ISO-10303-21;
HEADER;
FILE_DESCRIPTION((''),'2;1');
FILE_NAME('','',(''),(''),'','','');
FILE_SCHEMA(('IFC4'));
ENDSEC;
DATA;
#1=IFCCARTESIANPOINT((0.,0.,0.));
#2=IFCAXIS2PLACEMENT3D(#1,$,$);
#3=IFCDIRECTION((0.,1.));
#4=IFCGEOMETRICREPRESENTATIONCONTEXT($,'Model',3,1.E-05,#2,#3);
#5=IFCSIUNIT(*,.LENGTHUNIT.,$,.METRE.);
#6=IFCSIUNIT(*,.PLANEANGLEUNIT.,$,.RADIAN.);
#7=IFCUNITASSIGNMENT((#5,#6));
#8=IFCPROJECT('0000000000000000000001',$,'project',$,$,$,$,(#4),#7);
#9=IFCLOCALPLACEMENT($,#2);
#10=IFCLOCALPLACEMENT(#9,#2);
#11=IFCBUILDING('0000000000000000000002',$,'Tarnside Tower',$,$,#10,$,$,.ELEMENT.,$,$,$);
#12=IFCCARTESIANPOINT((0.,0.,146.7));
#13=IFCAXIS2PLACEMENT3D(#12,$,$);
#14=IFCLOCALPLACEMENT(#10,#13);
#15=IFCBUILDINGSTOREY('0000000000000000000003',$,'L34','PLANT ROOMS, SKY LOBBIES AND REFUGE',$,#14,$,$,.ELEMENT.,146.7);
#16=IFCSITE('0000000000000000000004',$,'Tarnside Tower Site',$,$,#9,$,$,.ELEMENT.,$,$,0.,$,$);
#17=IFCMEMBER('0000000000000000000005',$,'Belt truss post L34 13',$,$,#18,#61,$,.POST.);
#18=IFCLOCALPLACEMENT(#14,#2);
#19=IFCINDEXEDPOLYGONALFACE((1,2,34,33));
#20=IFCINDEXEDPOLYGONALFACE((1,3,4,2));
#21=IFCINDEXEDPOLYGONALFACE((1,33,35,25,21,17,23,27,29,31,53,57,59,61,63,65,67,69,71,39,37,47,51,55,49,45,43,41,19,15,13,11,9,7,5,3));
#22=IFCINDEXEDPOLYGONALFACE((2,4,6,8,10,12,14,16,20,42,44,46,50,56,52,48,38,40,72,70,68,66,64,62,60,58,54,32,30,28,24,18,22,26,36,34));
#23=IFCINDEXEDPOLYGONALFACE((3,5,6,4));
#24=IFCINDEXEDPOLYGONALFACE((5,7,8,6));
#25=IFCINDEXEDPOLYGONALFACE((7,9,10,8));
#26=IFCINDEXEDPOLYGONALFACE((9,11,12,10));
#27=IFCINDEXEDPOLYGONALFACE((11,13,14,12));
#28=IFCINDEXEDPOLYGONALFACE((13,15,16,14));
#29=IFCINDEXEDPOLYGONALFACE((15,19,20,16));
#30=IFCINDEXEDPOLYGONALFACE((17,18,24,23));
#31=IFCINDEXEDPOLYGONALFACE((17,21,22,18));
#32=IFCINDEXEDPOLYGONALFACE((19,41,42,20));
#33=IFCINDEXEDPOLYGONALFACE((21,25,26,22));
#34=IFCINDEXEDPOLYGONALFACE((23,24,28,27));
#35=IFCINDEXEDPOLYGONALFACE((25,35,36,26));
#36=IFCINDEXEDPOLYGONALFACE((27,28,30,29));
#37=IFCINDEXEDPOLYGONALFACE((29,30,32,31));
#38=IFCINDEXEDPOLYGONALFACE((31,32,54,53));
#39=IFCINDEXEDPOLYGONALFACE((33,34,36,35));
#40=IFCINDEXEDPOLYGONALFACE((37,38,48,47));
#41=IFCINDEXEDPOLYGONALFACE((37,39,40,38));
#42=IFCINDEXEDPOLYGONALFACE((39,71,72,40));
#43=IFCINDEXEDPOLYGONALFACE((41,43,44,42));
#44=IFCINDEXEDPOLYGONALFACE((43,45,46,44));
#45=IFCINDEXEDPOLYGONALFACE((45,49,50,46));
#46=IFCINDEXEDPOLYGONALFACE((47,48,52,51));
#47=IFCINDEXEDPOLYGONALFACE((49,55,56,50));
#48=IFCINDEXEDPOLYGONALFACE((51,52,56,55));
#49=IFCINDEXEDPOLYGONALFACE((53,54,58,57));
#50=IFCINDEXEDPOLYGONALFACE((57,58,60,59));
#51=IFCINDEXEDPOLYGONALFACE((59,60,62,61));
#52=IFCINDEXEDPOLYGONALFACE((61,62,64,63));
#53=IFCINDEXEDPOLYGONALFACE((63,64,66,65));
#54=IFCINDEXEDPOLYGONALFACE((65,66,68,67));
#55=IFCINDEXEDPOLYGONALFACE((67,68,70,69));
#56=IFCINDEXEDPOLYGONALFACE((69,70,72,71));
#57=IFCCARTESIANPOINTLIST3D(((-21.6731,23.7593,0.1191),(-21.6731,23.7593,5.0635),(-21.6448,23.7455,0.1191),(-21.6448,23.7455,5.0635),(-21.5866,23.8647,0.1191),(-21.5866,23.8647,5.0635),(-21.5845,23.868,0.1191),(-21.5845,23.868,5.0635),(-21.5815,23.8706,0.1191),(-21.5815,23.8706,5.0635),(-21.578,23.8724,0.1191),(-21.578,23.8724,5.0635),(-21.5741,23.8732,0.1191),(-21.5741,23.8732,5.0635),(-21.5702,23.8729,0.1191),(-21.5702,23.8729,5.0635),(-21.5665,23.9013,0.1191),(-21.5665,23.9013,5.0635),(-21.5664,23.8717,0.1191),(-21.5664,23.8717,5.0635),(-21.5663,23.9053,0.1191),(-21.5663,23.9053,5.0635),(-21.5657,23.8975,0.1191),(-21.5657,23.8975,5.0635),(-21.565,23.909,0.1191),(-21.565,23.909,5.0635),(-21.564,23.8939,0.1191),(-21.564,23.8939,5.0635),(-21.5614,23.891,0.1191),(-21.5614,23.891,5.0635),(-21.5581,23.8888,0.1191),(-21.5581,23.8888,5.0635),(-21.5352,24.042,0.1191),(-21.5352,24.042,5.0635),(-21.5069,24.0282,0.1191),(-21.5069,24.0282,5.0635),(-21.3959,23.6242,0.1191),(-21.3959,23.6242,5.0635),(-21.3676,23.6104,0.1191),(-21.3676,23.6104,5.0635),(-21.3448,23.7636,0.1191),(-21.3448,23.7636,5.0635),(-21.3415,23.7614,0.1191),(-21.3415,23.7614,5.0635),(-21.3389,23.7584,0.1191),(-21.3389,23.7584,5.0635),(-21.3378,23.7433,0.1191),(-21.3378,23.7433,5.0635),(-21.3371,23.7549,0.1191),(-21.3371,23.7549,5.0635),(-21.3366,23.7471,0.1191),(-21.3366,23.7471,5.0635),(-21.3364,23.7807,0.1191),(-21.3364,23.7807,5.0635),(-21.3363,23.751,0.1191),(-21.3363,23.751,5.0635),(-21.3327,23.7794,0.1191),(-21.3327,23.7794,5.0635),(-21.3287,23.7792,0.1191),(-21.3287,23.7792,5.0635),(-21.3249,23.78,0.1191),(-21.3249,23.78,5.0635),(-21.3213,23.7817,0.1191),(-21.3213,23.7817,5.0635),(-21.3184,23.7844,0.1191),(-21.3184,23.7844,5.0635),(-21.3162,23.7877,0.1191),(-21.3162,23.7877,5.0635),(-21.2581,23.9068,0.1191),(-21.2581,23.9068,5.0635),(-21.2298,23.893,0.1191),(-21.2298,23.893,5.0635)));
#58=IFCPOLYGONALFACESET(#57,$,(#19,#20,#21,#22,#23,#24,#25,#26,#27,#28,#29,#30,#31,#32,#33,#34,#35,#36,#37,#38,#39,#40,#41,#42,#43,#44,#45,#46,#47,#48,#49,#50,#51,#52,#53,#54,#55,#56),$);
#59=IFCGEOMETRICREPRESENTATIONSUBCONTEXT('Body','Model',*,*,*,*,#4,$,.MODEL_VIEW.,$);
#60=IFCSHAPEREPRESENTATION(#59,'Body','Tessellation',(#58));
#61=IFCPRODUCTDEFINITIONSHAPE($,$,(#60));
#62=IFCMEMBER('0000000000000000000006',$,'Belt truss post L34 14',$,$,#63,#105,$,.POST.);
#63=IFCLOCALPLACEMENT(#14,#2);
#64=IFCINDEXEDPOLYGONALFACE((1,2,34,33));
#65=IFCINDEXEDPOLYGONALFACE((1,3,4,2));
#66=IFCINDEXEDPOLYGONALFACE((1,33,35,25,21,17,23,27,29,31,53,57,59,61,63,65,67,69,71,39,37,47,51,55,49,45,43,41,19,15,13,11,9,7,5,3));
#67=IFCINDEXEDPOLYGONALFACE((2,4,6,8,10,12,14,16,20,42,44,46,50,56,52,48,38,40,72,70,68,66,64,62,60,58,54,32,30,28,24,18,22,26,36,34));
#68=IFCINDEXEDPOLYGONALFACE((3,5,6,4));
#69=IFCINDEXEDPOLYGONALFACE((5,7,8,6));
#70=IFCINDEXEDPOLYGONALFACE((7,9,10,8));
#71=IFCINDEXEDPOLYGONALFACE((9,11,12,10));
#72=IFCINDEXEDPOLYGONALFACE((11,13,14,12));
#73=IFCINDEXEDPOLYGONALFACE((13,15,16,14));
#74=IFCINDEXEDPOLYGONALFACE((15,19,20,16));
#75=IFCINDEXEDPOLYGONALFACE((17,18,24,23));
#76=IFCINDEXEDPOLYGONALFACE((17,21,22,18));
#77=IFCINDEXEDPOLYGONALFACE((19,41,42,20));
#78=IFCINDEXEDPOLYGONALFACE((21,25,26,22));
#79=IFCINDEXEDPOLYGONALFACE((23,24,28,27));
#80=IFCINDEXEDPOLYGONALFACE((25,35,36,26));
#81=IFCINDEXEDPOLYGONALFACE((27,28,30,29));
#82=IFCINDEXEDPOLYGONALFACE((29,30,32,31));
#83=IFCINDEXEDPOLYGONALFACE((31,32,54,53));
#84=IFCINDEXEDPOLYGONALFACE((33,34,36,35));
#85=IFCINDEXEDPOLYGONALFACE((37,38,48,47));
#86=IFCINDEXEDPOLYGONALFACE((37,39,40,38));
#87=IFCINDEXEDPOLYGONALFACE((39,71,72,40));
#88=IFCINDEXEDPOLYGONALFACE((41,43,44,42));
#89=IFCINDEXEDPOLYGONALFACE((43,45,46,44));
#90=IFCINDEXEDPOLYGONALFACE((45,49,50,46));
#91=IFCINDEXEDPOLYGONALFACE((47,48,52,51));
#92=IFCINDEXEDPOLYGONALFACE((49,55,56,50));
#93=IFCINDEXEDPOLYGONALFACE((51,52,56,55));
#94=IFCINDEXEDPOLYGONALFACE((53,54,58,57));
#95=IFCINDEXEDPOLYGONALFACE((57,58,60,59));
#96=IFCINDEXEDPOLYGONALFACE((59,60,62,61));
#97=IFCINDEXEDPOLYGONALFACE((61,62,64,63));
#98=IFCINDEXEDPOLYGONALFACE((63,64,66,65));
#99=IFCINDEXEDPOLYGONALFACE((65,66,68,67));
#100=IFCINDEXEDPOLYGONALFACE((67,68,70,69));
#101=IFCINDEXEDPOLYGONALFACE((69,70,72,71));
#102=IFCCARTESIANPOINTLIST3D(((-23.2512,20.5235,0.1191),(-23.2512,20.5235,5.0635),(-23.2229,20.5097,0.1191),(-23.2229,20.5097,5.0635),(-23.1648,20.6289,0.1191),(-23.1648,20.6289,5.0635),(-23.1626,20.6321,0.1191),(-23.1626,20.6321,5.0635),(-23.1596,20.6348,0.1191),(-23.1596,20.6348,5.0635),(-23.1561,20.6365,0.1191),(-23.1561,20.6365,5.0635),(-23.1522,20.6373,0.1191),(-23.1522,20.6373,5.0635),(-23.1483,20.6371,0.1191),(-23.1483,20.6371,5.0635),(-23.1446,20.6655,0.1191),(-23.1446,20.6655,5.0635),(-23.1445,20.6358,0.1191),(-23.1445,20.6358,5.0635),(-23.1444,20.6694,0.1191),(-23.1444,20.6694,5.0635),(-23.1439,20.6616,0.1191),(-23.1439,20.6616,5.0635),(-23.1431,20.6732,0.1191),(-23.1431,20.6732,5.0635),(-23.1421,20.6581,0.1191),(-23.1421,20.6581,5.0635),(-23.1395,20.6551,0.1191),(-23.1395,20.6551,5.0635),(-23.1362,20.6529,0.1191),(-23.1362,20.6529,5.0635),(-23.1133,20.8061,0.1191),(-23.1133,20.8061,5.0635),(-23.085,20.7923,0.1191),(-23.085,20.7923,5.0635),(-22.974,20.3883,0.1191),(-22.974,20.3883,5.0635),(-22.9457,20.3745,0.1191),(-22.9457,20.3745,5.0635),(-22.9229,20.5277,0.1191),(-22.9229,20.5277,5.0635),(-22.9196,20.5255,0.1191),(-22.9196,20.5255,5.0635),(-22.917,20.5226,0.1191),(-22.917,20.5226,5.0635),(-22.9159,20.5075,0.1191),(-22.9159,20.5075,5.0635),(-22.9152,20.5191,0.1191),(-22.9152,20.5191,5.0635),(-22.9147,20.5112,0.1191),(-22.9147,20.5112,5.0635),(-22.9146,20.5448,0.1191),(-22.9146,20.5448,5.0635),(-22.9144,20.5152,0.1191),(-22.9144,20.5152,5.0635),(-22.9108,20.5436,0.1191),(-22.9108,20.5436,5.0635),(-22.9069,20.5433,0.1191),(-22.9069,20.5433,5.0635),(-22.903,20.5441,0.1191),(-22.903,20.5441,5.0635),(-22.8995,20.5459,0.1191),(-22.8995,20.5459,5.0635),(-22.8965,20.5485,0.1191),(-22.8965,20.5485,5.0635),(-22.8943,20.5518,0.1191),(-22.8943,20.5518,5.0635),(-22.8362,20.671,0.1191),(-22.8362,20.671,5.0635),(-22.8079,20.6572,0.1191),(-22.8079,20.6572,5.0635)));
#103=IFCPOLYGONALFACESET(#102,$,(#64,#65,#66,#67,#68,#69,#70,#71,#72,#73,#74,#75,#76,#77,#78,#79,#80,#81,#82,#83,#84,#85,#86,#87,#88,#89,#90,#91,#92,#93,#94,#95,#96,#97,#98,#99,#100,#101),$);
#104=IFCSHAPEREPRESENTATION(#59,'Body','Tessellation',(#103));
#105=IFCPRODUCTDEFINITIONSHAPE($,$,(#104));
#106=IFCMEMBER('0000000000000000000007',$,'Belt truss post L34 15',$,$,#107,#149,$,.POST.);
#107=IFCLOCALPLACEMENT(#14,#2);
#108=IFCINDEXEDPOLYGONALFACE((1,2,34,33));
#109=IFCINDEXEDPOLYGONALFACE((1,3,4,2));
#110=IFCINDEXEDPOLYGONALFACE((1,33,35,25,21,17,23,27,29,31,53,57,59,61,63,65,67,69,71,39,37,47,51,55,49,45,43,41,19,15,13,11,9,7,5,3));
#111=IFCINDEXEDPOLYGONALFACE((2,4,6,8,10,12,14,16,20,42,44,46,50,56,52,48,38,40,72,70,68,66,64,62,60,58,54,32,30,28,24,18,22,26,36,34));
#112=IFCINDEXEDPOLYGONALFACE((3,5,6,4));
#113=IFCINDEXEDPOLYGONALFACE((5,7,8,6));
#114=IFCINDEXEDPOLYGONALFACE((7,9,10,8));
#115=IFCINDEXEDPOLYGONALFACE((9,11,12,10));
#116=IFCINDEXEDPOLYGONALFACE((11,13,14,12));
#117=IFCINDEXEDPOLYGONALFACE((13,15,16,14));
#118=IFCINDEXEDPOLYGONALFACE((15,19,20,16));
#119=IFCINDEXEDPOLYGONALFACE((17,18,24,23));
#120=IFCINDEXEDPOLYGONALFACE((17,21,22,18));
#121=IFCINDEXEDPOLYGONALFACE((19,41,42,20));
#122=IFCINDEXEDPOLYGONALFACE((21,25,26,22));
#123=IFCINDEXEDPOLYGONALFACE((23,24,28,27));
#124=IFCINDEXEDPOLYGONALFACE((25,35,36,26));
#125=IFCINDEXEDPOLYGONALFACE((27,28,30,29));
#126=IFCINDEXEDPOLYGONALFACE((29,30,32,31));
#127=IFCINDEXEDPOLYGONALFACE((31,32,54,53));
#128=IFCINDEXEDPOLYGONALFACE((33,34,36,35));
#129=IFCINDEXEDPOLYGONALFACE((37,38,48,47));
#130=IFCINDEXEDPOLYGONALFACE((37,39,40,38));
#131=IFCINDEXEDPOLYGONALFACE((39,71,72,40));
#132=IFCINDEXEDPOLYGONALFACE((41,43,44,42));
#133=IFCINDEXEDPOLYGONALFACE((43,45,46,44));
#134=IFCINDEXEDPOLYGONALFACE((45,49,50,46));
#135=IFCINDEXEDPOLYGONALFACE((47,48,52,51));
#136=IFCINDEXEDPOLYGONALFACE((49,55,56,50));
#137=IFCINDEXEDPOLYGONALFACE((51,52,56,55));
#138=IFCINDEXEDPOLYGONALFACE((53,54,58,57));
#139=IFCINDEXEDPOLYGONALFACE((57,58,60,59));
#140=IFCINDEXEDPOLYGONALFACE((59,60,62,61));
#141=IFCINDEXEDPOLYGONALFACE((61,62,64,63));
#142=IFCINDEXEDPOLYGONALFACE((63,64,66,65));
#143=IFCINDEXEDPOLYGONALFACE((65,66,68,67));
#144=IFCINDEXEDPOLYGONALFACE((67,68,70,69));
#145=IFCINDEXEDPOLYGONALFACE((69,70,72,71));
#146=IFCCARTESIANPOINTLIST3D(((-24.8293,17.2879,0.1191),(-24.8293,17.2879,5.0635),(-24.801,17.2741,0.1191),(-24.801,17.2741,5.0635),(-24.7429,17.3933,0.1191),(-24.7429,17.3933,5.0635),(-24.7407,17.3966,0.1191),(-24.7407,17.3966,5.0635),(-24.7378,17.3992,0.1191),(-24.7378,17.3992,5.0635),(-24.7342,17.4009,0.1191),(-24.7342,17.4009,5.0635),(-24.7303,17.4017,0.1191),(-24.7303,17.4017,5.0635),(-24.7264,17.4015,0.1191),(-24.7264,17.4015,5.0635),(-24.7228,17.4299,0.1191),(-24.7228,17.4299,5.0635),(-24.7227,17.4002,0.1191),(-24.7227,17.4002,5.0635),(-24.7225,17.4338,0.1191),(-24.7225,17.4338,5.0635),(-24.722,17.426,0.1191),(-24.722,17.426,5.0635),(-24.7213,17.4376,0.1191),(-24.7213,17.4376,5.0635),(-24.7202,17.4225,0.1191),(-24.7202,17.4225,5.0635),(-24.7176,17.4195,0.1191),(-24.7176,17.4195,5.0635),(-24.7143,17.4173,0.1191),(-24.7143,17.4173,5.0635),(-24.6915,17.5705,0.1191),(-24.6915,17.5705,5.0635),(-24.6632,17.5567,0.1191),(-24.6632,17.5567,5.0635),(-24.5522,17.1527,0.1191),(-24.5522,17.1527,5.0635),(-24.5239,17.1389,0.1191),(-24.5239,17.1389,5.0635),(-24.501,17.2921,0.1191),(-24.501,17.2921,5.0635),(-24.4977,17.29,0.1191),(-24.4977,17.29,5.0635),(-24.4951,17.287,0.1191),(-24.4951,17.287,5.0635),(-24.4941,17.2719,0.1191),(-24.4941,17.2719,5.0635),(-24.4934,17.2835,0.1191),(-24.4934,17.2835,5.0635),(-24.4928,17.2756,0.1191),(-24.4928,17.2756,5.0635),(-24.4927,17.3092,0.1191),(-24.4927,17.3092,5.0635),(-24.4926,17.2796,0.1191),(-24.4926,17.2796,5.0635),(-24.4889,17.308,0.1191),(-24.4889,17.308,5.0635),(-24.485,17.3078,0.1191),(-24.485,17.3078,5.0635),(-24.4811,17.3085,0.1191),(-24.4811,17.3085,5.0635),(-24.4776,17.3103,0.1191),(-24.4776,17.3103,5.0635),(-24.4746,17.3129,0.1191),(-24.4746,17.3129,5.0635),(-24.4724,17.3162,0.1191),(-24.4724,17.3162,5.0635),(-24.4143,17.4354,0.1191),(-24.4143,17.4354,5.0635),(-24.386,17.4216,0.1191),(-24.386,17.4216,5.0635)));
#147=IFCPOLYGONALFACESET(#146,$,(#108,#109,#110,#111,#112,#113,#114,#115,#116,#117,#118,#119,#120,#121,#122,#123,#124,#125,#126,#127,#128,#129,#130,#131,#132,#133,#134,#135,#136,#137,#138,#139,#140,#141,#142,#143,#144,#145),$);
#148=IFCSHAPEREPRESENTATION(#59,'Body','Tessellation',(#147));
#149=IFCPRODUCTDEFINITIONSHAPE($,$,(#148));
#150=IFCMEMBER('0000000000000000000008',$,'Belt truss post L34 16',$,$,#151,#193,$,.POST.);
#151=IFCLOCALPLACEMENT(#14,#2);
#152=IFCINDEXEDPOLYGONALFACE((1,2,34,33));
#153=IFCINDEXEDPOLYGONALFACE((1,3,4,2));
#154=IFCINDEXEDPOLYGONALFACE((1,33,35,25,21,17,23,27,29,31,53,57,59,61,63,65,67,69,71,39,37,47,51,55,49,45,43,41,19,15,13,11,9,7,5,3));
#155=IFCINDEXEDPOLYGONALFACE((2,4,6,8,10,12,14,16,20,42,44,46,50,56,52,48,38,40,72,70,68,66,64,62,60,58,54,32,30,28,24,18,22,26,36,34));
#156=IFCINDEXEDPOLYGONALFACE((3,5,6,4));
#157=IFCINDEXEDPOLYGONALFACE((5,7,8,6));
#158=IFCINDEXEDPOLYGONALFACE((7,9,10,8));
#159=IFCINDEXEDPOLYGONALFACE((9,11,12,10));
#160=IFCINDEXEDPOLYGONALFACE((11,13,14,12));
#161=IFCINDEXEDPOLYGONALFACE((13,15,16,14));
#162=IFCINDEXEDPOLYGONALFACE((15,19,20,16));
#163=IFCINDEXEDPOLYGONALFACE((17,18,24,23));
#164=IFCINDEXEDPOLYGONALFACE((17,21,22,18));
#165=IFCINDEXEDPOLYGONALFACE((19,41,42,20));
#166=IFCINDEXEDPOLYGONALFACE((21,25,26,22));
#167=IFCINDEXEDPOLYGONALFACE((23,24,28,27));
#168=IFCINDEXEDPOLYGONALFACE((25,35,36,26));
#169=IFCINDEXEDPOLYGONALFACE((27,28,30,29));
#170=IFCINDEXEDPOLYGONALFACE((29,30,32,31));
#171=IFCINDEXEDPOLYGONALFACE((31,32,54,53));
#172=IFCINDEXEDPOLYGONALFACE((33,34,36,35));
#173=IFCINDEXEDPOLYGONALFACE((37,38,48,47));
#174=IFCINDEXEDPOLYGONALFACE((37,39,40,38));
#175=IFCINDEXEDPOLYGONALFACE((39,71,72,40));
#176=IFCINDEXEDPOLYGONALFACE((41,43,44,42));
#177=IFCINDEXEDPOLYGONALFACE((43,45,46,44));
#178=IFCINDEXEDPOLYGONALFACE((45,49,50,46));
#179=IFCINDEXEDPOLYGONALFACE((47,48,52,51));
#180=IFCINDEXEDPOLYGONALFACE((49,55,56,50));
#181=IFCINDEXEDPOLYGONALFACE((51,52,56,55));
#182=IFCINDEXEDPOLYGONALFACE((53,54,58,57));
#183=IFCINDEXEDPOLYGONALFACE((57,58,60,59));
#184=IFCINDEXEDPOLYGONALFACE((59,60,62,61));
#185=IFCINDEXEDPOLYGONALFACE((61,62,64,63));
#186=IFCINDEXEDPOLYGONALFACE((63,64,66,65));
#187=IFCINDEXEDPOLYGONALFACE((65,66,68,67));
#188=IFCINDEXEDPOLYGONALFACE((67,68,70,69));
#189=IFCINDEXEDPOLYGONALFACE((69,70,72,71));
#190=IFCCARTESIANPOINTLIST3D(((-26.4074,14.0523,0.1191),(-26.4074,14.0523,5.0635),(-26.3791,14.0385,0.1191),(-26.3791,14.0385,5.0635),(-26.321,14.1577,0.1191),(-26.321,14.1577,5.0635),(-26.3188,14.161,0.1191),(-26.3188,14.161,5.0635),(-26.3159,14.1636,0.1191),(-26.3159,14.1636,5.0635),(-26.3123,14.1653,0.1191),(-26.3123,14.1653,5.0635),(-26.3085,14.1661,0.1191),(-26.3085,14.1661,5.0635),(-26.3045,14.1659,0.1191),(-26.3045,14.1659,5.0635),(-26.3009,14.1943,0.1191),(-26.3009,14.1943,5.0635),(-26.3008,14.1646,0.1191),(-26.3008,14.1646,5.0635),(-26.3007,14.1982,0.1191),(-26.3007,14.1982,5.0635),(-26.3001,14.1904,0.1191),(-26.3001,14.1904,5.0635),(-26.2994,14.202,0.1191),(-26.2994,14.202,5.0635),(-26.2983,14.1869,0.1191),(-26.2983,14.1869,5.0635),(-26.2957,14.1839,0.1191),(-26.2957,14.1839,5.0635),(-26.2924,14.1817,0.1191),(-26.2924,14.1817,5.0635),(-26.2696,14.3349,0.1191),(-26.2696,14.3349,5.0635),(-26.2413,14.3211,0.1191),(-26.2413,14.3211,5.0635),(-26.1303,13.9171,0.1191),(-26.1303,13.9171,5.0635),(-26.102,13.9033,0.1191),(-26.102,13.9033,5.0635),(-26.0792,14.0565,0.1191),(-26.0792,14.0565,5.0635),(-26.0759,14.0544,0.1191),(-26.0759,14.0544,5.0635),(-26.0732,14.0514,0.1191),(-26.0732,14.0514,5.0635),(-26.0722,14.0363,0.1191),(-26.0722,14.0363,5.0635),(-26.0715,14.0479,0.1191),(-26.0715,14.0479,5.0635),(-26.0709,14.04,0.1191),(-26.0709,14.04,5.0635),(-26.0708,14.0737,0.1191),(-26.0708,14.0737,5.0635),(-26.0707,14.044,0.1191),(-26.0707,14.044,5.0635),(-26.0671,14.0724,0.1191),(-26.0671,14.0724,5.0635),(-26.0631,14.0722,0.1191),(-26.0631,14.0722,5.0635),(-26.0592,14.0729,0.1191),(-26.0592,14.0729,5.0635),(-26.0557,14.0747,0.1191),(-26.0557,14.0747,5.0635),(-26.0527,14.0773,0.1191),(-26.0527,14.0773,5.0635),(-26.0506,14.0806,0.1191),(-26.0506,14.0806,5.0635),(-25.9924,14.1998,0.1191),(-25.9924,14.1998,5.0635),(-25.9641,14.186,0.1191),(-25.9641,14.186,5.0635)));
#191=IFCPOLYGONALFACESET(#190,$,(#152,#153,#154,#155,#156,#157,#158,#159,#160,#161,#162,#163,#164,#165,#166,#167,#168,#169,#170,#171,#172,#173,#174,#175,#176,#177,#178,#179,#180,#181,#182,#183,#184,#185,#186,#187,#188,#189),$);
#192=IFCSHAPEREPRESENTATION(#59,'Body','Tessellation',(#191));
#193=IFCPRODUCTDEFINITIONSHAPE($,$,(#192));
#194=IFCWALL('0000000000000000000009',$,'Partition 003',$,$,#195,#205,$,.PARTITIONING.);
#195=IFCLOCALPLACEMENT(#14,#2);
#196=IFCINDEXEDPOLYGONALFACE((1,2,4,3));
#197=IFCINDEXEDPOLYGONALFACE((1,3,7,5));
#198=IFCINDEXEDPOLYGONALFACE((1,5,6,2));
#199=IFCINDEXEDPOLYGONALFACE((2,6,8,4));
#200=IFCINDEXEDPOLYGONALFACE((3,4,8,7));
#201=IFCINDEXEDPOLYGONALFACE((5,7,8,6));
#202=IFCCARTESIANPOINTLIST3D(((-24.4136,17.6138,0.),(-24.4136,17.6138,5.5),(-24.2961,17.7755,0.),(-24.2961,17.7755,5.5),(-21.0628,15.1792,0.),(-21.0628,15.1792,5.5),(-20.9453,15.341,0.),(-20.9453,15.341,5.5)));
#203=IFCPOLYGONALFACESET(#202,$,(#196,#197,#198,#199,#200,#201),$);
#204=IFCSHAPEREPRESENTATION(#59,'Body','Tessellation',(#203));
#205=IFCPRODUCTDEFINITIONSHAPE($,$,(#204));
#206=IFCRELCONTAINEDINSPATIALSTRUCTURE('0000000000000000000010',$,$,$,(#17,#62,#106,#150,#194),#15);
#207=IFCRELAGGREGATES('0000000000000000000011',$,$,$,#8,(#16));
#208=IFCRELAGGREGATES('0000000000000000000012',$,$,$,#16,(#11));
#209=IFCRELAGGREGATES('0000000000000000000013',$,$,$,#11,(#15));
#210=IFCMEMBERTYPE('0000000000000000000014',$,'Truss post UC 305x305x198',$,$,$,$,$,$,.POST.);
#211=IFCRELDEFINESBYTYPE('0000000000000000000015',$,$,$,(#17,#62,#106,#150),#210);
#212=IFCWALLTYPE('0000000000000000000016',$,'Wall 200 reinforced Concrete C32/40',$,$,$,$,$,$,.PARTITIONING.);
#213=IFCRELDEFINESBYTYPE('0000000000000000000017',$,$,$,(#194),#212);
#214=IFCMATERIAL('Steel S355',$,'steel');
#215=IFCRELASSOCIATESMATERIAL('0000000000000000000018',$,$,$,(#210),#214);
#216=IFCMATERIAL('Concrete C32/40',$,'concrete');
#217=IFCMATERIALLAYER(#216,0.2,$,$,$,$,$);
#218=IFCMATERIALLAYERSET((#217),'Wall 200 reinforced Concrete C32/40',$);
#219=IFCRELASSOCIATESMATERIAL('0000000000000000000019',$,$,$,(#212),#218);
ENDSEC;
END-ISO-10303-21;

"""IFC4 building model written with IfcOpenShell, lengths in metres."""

from ifc_helpers import new_model, si_unit, direction, frame, frame_2d, origin, origin_2d, place, context, subcontext, project, spatial, rectangle, i_section, extrude, material, layer, layer_set, material_profile, profile_set, type_object, element, save


model = new_model("IFC4")

# Units and contexts
model_context = context("Model", 3, precision=1e-05, world=origin(), true_north=direction((0.0, 1.0)))
body_context = subcontext(model_context, "Body", "Model", "MODEL_VIEW")
ifc_project = project(units=[si_unit("LENGTHUNIT", "METRE"), si_unit("PLANEANGLEUNIT", "RADIAN")], contexts=[model_context])

# Site, building, storey
site_placement = place(None, origin())
site = spatial("IfcSite", under=ifc_project, at=site_placement, Name="Tarnside Tower Site", CompositionType="ELEMENT", RefElevation=0.0)
building_placement = place(site_placement, origin())
building = spatial("IfcBuilding", under=site, at=building_placement, Name="Tarnside Tower", CompositionType="ELEMENT")
storey_placement = place(building_placement, frame((0.0, 0.0, 146.7)))
storey = spatial("IfcBuildingStorey", under=building, at=storey_placement, Name="L34", Description="PLANT ROOMS, SKY LOBBIES AND REFUGE", CompositionType="ELEMENT", Elevation=146.7)

# Shared definitions
ifc_material_1 = material(Name="Steel S355", Category="steel")

# Members
ifc_material_profile_1 = material_profile(ifc_material_1, i_section(OverallWidth=0.3145, OverallDepth=0.3398, WebThickness=0.019, FlangeThickness=0.0315, FilletRadius=0.0151, at=origin_2d()), Name="UC 305x305x198")
ifc_profile_set_1 = profile_set([ifc_material_profile_1], Name="Steel S355")
member_type_1 = type_object("IfcMemberType", Name="Truss post UC 305x305x198", PredefinedType="POST", material=ifc_profile_set_1)
for number, where, z_axis, x_axis, name in (
    (1, (-21.4514, 23.8262, 0.1191), (0.0, 0.0, 1.0), (-0.438371, -0.898794, 0.0), "Belt truss post L34 13"),
    (2, (-23.0295, 20.5903, 0.1191), (0.0, 0.0, 1.0), (-0.438371, -0.898794, 0.0), "Belt truss post L34 14"),
    (3, (-24.6077, 17.3547, 0.1191), (0.0, 0.0, 1.0), (-0.438371, -0.898794, 0.0), "Belt truss post L34 15"),
    (4, (-26.1858, 14.1191, 0.1191), (0.0, 0.0, 1.0), (-0.438371, -0.898794, 0.0), "Belt truss post L34 16"),
):
    element("IfcMember", number, at=place(storey_placement, frame(where, z_axis=z_axis, x_axis=x_axis)), inside=storey, type_object=member_type_1, Name=name, PredefinedType="POST", context=body_context, shape_type="SweptSolid", body=[
        extrude(i_section(OverallWidth=0.3145, OverallDepth=0.3398, WebThickness=0.019, FlangeThickness=0.0315, FilletRadius=0.0151, at=origin_2d()), origin(), (0.0, 0.0, 1.0), 4.9443),
    ])

# Wall
ifc_material_2 = material(Name="Concrete C32/40", Category="concrete")
ifc_layer_1 = layer(ifc_material_2, 0.2)
ifc_layer_set_1 = layer_set([ifc_layer_1], Name="Wall 200 reinforced Concrete C32/40")
wall_type = type_object("IfcWallType", Name="Wall 200 reinforced Concrete C32/40", PredefinedType="PARTITIONING", material=ifc_layer_set_1)
wall_1_placement = place(storey_placement, frame((-24.3547, 17.6946, 0.0), z_axis=(0.0, 0.0, 1.0), x_axis=(0.809011, -0.587793, 0.0)))
element("IfcWall", 5, at=wall_1_placement, inside=storey, type_object=wall_type, Name="Partition 003", PredefinedType="PARTITIONING", context=body_context, shape_type="SweptSolid", body=[
    extrude(rectangle(XDim=4.1418, YDim=0.2, at=frame_2d((2.0708, 0.0))), origin(), (0.0, 0.0, 1.0), 5.5),
])

save(model, "model.ifc")
